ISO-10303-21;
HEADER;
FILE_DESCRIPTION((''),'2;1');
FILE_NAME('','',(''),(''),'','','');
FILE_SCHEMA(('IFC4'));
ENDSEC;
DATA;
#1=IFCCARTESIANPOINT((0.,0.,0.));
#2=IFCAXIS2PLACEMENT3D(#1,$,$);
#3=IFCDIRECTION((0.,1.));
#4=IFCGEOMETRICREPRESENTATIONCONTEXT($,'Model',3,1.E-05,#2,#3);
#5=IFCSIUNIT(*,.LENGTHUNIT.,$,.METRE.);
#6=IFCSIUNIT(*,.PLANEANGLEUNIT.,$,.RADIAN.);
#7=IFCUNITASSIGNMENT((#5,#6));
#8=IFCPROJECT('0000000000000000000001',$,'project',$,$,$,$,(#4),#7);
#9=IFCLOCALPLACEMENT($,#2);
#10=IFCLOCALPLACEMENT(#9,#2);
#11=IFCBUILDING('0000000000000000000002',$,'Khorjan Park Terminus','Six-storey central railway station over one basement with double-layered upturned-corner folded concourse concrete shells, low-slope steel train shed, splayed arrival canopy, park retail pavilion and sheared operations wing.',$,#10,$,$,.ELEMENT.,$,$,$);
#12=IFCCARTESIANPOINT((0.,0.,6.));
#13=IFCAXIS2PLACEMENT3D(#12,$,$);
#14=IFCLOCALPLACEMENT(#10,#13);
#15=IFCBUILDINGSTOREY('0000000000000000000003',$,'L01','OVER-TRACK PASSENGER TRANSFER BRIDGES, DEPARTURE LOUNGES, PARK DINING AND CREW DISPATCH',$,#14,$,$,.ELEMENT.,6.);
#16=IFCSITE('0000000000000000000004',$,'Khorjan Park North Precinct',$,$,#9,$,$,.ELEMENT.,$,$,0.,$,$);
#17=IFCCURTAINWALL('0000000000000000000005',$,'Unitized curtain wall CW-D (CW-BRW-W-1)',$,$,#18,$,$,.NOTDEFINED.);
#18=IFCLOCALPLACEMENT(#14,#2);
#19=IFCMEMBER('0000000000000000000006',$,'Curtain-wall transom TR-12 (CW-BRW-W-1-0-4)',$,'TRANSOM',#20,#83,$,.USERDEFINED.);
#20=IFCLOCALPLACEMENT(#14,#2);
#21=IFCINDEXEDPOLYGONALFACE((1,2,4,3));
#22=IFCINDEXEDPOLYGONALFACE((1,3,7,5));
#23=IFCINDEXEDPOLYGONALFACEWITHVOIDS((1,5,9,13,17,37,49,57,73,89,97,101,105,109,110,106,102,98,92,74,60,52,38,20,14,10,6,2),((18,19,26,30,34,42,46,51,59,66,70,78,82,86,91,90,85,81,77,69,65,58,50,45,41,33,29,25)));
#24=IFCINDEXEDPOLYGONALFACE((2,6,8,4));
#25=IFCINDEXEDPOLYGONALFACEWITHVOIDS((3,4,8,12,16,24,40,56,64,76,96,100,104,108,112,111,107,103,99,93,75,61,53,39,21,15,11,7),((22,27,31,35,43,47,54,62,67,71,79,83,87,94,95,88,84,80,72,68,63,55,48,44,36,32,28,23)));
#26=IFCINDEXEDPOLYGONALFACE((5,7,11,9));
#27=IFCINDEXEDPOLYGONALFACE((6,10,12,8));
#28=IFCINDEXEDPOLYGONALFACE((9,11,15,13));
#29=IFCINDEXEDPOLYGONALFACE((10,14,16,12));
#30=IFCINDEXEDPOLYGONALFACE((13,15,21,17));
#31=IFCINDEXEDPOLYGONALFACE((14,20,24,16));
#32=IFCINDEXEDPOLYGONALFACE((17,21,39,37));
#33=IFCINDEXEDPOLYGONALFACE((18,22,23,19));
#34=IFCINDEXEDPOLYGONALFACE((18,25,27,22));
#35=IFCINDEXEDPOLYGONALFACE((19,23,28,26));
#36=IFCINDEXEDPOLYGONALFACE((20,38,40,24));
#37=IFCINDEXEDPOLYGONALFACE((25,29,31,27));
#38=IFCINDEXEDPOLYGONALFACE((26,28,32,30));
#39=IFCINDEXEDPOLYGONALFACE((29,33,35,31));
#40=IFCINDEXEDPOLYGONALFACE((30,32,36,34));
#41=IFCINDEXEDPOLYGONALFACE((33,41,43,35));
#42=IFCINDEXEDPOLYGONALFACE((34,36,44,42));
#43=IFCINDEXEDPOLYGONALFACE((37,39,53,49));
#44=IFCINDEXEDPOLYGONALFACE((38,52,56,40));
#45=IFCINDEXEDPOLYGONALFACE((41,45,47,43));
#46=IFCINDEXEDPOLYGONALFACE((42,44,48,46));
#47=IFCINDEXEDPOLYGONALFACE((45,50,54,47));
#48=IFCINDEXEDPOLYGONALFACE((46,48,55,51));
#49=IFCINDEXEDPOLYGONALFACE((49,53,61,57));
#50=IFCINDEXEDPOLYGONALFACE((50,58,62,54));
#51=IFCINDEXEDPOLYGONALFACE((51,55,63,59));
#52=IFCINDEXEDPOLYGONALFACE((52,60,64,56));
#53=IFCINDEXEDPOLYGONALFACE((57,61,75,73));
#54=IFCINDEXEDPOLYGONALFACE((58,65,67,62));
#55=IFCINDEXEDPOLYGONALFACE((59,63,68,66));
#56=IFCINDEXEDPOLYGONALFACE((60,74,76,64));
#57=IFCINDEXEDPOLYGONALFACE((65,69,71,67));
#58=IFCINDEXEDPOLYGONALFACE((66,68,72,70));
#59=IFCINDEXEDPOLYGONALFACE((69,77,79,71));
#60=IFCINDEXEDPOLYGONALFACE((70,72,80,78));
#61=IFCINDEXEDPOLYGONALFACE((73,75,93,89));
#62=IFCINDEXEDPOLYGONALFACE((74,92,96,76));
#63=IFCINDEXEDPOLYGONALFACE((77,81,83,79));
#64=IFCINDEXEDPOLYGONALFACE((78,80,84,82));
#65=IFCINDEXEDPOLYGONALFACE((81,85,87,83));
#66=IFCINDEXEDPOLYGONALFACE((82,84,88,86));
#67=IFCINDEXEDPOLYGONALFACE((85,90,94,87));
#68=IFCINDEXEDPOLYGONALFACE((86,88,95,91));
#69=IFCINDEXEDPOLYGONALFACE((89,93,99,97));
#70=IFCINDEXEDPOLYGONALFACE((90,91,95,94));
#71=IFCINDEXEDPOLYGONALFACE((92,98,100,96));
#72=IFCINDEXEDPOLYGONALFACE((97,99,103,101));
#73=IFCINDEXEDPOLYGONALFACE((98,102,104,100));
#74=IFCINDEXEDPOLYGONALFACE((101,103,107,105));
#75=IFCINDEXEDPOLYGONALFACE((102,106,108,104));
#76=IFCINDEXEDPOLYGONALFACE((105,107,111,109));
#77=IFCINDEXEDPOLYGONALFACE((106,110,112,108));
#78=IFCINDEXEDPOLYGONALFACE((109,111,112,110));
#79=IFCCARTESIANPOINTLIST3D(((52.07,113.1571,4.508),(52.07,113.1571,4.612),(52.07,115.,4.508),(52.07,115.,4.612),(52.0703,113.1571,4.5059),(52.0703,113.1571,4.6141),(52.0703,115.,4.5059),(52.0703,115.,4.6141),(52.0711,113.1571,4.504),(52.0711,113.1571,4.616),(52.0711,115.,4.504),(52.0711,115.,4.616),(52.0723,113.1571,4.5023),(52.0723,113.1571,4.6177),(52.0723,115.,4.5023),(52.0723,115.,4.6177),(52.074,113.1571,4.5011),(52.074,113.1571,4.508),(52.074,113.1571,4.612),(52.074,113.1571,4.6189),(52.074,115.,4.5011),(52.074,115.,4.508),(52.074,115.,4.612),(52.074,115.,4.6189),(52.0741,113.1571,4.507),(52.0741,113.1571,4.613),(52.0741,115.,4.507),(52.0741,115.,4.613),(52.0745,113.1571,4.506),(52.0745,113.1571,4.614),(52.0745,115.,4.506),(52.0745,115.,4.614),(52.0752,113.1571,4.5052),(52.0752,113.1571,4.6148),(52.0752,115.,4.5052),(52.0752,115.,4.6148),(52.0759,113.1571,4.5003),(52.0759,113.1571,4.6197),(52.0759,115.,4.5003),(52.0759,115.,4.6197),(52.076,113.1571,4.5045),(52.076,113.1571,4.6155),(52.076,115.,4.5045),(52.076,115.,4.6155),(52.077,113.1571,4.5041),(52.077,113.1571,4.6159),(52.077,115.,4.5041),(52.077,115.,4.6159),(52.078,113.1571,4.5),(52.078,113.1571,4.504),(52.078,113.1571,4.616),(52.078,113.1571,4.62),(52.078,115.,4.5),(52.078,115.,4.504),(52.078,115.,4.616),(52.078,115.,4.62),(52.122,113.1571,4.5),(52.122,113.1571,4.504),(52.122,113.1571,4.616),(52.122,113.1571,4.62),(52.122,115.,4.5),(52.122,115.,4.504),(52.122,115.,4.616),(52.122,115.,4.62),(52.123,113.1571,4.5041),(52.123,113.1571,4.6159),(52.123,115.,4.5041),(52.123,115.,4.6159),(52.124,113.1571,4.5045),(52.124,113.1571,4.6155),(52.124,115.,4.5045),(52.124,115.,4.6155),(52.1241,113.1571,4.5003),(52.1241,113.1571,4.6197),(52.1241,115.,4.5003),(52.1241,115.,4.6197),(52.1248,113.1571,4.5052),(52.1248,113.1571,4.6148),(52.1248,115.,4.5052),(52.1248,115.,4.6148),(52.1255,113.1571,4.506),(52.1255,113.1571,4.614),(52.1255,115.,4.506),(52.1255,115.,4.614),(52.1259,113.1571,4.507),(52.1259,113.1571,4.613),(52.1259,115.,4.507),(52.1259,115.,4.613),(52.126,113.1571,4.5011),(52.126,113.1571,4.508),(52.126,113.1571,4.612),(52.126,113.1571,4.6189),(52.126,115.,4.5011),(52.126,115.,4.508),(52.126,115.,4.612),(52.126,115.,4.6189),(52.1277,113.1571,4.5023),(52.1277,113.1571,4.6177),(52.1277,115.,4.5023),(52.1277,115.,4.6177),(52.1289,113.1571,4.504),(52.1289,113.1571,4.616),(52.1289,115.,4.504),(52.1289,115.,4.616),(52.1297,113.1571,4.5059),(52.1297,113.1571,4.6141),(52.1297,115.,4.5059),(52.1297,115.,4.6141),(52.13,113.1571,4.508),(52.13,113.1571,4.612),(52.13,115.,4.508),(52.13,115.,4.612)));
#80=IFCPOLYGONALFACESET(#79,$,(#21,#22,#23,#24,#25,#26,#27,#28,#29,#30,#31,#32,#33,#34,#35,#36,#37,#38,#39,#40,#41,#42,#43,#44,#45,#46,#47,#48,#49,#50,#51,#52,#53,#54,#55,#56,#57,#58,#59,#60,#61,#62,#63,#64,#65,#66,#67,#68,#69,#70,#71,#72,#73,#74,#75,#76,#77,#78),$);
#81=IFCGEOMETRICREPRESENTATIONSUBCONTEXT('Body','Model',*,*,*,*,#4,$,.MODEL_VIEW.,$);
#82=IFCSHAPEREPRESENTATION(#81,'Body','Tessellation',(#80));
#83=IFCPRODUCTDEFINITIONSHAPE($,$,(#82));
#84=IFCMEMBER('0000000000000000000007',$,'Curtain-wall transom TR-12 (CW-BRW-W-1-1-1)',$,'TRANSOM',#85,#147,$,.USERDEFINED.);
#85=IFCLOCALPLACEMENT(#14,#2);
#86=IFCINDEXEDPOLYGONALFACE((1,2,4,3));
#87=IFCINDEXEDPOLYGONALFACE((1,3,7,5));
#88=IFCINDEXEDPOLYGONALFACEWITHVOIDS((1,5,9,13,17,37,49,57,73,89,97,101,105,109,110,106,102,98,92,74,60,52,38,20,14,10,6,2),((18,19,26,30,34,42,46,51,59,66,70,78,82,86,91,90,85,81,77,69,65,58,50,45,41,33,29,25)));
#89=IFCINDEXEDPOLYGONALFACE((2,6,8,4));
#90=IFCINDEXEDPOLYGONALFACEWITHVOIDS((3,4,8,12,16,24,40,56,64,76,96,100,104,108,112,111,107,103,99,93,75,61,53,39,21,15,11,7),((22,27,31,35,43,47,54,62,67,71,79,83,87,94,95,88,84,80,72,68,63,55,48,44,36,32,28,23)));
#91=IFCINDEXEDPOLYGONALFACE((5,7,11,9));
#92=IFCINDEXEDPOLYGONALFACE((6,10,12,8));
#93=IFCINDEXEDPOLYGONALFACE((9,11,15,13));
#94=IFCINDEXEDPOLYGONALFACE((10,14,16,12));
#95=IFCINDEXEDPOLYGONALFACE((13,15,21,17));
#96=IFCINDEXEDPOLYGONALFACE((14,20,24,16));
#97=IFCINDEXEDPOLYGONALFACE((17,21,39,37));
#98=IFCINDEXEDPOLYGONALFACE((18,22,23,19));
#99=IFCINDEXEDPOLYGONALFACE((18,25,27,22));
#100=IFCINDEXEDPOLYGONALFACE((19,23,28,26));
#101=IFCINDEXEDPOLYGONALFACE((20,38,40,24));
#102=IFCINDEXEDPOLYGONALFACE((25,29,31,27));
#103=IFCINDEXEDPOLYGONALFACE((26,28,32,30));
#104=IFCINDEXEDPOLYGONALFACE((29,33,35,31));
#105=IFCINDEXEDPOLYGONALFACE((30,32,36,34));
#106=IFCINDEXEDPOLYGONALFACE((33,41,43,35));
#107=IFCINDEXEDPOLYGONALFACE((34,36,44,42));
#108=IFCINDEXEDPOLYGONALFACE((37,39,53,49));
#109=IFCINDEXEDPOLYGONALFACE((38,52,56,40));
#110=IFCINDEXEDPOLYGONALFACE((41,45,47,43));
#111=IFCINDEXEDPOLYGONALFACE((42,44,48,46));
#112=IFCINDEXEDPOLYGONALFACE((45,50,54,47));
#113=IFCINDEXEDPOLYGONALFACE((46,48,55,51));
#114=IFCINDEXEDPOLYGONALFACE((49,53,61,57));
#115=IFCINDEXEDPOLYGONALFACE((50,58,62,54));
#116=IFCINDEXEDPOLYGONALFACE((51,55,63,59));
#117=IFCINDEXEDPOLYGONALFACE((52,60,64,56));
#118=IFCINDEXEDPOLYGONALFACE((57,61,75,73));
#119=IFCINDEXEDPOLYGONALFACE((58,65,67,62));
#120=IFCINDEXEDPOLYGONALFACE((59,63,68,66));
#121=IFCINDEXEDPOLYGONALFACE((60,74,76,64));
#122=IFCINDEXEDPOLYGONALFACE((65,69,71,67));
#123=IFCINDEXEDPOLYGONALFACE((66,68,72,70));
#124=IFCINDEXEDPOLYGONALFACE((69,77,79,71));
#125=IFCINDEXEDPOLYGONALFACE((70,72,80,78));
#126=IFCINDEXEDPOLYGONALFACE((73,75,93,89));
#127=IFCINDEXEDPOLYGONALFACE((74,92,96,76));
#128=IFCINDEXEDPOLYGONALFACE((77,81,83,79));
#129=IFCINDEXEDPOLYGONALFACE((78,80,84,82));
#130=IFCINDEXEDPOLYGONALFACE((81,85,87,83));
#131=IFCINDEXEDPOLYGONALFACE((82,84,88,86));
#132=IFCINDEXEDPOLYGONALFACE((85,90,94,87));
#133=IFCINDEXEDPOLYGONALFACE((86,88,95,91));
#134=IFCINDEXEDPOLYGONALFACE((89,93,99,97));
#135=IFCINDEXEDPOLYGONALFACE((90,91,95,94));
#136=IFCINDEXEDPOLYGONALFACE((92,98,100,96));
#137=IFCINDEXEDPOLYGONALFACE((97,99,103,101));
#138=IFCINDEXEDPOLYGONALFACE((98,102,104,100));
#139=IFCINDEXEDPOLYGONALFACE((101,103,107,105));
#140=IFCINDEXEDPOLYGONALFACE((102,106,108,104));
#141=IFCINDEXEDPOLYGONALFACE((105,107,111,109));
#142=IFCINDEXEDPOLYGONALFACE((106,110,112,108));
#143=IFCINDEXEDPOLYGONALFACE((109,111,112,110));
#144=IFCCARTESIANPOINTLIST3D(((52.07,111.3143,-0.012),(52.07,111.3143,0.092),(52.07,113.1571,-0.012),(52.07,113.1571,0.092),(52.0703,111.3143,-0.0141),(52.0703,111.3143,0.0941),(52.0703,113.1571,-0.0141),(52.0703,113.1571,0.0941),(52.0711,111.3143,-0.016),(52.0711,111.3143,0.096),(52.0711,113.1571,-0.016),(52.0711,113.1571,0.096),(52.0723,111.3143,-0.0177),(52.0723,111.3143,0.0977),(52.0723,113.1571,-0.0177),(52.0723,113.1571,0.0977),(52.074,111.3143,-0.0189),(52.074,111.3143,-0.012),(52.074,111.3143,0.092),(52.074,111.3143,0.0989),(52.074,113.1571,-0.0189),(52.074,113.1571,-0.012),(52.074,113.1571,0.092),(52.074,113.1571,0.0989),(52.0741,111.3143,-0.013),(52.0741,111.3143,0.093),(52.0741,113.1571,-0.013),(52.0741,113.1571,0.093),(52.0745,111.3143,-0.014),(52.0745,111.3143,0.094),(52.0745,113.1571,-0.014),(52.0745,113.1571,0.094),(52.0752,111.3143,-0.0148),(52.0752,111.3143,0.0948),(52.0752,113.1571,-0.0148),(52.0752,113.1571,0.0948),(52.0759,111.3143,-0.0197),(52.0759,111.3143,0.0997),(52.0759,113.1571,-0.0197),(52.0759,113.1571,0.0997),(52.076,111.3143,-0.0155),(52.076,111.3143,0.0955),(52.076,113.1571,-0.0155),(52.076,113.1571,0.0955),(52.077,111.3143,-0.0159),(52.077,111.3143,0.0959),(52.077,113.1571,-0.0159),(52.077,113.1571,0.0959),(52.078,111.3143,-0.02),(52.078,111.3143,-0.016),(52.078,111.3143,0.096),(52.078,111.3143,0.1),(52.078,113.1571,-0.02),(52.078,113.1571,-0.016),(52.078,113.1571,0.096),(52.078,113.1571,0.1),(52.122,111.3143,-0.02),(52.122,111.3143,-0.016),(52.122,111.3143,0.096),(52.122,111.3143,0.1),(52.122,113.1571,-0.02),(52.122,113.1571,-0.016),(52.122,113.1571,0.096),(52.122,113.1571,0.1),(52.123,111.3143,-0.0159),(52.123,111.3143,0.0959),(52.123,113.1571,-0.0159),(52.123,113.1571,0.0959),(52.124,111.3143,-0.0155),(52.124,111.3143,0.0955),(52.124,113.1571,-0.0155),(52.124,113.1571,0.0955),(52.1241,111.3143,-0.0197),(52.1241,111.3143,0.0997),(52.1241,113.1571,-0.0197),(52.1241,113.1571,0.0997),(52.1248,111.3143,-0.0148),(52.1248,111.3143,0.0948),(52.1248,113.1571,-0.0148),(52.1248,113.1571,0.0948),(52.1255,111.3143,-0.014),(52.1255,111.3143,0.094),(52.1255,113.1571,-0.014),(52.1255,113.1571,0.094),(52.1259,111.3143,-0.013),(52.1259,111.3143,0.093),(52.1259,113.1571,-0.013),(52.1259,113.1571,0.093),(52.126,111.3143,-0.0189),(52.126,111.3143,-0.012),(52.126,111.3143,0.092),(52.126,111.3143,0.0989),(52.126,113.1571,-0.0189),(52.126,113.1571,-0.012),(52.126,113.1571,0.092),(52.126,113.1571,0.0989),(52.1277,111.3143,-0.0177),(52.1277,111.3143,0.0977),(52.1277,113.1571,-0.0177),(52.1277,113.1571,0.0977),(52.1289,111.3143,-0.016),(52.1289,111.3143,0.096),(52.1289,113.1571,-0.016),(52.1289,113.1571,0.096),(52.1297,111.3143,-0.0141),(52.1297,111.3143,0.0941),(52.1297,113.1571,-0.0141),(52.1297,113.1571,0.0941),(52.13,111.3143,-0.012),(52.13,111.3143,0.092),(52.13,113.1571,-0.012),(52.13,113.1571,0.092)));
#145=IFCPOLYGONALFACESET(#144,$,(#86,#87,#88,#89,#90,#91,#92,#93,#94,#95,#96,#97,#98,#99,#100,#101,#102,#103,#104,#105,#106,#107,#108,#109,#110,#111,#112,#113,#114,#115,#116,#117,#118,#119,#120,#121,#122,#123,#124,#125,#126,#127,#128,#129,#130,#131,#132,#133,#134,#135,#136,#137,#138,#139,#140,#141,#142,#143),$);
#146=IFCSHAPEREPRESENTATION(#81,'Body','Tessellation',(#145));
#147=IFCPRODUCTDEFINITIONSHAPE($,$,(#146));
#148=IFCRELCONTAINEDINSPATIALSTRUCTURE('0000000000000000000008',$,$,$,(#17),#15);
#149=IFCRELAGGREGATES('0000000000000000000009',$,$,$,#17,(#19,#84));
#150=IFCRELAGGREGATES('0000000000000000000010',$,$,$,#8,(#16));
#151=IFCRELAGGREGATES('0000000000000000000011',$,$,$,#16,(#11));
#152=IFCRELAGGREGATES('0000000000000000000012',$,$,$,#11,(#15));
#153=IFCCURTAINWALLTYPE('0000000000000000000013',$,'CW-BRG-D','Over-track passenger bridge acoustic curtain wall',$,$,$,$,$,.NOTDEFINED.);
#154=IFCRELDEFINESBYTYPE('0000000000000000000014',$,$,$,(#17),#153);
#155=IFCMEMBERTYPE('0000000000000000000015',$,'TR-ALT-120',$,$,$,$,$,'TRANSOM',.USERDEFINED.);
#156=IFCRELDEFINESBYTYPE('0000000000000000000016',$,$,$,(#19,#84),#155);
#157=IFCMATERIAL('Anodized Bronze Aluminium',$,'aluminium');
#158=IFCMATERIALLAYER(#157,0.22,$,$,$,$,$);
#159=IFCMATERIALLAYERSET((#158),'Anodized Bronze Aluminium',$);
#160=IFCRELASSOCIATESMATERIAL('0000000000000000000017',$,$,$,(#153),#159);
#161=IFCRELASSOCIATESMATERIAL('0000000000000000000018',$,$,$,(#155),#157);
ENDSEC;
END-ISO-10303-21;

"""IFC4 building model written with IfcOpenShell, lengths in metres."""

from ifc_helpers import new_model, si_unit, direction, frame, origin, origin_2d, place, context, subcontext, project, spatial, hollow_rectangle, extrude, material, layer, layer_set, material_profile, profile_set, type_object, element, aggregate, save


model = new_model("IFC4")

# Units and contexts
model_context = context("Model", 3, precision=1e-05, world=origin(), true_north=direction((0.0, 1.0)))
body_context = subcontext(model_context, "Body", "Model", "MODEL_VIEW")
ifc_project = project(units=[si_unit("LENGTHUNIT", "METRE"), si_unit("PLANEANGLEUNIT", "RADIAN")], contexts=[model_context])

# Site, building, storey
site_placement = place(None, origin())
site = spatial("IfcSite", under=ifc_project, at=site_placement, Name="Khorjan Park North Precinct", CompositionType="ELEMENT", RefElevation=0.0)
building_placement = place(site_placement, origin())
building = spatial("IfcBuilding", under=site, at=building_placement, Name="Khorjan Park Terminus", Description="Six-storey central railway station over one basement with double-layered upturned-corner folded concourse concrete shells, low-slope steel train shed, splayed arrival canopy, park retail pavilion and sheared operations wing.", CompositionType="ELEMENT")
storey_placement = place(building_placement, frame((0.0, 0.0, 6.0)))
storey = spatial("IfcBuildingStorey", under=building, at=storey_placement, Name="L01", Description="OVER-TRACK PASSENGER TRANSFER BRIDGES, DEPARTURE LOUNGES, PARK DINING AND CREW DISPATCH", CompositionType="ELEMENT", Elevation=6.0)

# Curtain wall, members
ifc_material_1 = material(Name="Anodized Bronze Aluminium", Category="aluminium")
ifc_layer_1 = layer(ifc_material_1, 0.22)
ifc_layer_set_1 = layer_set([ifc_layer_1], Name="Anodized Bronze Aluminium")
curtain_wall_type = type_object("IfcCurtainWallType", Name="CW-BRG-D", Description="Over-track passenger bridge acoustic curtain wall", PredefinedType="NOTDEFINED", material=ifc_layer_set_1)
curtain_wall_1_placement = place(storey_placement, origin())
curtain_wall_1 = element("IfcCurtainWall", 1, at=curtain_wall_1_placement, inside=storey, type_object=curtain_wall_type, Name="Unitized curtain wall CW-D (CW-BRW-W-1)", PredefinedType="NOTDEFINED")
ifc_material_profile_1 = material_profile(ifc_material_1, hollow_rectangle(XDim=0.06, YDim=0.12, WallThickness=0.004, InnerFilletRadius=0.004, OuterFilletRadius=0.008, at=origin_2d()), Name="ALT 60x120x4")
ifc_profile_set_1 = profile_set([ifc_material_profile_1], Name="Anodized Bronze Aluminium")
member_type_1 = type_object("IfcMemberType", Name="TR-ALT-120", ElementType="TRANSOM", PredefinedType="USERDEFINED", material=ifc_profile_set_1)
member_1_placement = place(storey_placement, frame((52.1, 115.0, 4.56), z_axis=(0.0, -1.0, 0.0), x_axis=(1.0, 0.0, 0.0)))
member_1 = element("IfcMember", 2, at=member_1_placement, type_object=member_type_1, Name="Curtain-wall transom TR-12 (CW-BRW-W-1-0-4)", ObjectType="TRANSOM", PredefinedType="USERDEFINED", context=body_context, shape_type="SweptSolid", body=[
    extrude(hollow_rectangle(XDim=0.06, YDim=0.12, WallThickness=0.004, InnerFilletRadius=0.004, OuterFilletRadius=0.008, at=origin_2d()), origin(), (0.0, 0.0, 1.0), 1.8429),
])
member_2_placement = place(storey_placement, frame((52.1, 113.1571, 0.04), z_axis=(0.0, -1.0, 0.0), x_axis=(1.0, 0.0, 0.0)))
member_2 = element("IfcMember", 3, at=member_2_placement, type_object=member_type_1, Name="Curtain-wall transom TR-12 (CW-BRW-W-1-1-1)", ObjectType="TRANSOM", PredefinedType="USERDEFINED", context=body_context, shape_type="SweptSolid", body=[
    extrude(hollow_rectangle(XDim=0.06, YDim=0.12, WallThickness=0.004, InnerFilletRadius=0.004, OuterFilletRadius=0.008, at=origin_2d()), origin(), (0.0, 0.0, 1.0), 1.8428),
])

aggregate(curtain_wall_1, [member_1, member_2])

save(model, "model.ifc")
